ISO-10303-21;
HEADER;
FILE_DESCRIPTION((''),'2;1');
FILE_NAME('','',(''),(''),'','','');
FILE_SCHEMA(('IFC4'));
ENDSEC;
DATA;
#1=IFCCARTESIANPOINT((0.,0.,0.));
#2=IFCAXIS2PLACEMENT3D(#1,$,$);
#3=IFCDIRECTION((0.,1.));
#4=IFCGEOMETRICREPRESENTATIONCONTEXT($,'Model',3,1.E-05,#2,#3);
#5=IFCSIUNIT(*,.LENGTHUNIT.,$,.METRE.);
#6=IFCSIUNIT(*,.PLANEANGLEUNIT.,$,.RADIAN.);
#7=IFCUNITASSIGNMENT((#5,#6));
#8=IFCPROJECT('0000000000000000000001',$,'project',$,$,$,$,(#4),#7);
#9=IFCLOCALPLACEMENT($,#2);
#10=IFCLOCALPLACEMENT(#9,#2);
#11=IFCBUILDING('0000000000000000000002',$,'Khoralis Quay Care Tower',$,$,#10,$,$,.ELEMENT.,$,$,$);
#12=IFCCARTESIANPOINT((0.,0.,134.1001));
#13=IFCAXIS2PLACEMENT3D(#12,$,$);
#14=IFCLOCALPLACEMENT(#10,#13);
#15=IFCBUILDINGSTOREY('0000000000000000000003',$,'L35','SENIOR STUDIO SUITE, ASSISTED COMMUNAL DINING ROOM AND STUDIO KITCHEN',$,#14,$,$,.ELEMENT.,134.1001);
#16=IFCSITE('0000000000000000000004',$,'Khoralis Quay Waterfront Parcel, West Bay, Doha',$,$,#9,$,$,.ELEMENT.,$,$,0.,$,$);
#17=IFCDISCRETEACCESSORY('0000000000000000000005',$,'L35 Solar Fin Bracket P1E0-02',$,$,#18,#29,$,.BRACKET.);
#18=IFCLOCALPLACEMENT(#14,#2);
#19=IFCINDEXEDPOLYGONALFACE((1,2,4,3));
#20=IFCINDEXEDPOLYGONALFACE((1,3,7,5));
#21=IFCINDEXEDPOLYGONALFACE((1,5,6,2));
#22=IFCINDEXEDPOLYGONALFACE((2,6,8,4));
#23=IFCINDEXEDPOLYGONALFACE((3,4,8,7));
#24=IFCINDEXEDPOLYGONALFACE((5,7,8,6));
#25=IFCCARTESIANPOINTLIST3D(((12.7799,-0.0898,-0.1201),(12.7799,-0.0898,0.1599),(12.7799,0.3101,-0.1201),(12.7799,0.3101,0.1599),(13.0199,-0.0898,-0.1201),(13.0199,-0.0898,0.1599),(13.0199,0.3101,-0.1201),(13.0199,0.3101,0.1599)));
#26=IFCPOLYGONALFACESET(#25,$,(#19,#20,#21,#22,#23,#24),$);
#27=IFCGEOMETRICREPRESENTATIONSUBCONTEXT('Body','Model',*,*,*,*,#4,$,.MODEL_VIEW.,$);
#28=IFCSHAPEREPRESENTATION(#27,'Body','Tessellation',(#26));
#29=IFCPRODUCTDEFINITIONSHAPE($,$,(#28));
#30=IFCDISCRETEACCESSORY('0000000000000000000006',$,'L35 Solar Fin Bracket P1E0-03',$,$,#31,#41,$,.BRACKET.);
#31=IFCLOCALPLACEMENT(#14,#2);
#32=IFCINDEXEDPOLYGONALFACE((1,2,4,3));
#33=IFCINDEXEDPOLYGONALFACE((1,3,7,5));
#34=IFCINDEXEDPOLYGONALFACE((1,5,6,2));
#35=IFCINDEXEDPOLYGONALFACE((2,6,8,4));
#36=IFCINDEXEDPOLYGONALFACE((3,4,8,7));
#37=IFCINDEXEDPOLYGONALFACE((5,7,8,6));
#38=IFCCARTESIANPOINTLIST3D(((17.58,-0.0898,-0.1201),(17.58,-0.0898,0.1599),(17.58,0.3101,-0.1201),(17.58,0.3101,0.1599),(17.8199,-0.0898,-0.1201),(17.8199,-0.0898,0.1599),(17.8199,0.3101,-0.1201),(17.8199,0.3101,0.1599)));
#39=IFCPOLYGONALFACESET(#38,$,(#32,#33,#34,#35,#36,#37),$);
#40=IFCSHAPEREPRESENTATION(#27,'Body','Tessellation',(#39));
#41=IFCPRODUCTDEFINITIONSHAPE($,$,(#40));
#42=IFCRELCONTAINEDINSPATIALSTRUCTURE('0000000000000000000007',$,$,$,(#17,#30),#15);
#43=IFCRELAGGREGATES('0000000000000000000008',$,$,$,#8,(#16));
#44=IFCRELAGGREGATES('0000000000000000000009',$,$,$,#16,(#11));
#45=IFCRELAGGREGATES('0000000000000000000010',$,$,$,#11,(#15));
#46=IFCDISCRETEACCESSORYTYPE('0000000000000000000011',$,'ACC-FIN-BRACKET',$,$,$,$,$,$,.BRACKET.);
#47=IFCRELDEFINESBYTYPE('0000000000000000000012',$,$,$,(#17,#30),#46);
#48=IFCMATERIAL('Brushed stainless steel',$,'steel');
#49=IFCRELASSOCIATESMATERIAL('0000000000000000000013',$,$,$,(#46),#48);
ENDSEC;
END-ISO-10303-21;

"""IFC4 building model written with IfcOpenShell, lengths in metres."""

from ifc_helpers import new_model, si_unit, direction, frame, origin, origin_2d, place, context, subcontext, project, spatial, rectangle, extrude, source, transform, mapped, material, type_object, element, save


model = new_model("IFC4")

# Units and contexts
model_context = context("Model", 3, precision=1e-05, world=origin(), true_north=direction((0.0, 1.0)))
body_context = subcontext(model_context, "Body", "Model", "MODEL_VIEW")
ifc_project = project(units=[si_unit("LENGTHUNIT", "METRE"), si_unit("PLANEANGLEUNIT", "RADIAN")], contexts=[model_context])

# Site, building, storey
site_placement = place(None, origin())
site = spatial("IfcSite", under=ifc_project, at=site_placement, Name="Khoralis Quay Waterfront Parcel, West Bay, Doha", CompositionType="ELEMENT", RefElevation=0.0)
building_placement = place(site_placement, origin())
building = spatial("IfcBuilding", under=site, at=building_placement, Name="Khoralis Quay Care Tower", CompositionType="ELEMENT")
storey_placement = place(building_placement, frame((0.0, 0.0, 134.1001)))
storey = spatial("IfcBuildingStorey", under=building, at=storey_placement, Name="L35", Description="SENIOR STUDIO SUITE, ASSISTED COMMUNAL DINING ROOM AND STUDIO KITCHEN", CompositionType="ELEMENT", Elevation=134.1001)

# Discrete accessories
ifc_material_1 = material(Name="Brushed stainless steel", Category="steel")
discrete_accessory_type = type_object("IfcDiscreteAccessoryType", Name="ACC-FIN-BRACKET", PredefinedType="BRACKET", material=ifc_material_1)
shared_shape_1 = source(origin(), body_context, "Body", "SweptSolid", [
    extrude(rectangle(XDim=0.3999, YDim=0.24, at=origin_2d()), origin(), (0.0, 0.0, 1.0), 0.28),
])
for number, where, z_axis, x_axis, name in (
    (1, (12.8999, 0.1101, -0.1201), (0.0, 0.0, 1.0), (0.0, -1.0, 0.0), "L35 Solar Fin Bracket P1E0-02"),
    (2, (17.7, 0.1101, -0.1201), (0.0, 0.0, 1.0), (0.0, -1.0, 0.0), "L35 Solar Fin Bracket P1E0-03"),
):
    element("IfcDiscreteAccessory", number, at=place(storey_placement, frame(where, z_axis=z_axis, x_axis=x_axis)), inside=storey, type_object=discrete_accessory_type, Name=name, PredefinedType="BRACKET", context=body_context, shape_type="MappedRepresentation", body=[
        mapped(shared_shape_1, transform((0.0, 0.0, 0.0), scale=1.0)),
    ])

save(model, "model.ifc")
